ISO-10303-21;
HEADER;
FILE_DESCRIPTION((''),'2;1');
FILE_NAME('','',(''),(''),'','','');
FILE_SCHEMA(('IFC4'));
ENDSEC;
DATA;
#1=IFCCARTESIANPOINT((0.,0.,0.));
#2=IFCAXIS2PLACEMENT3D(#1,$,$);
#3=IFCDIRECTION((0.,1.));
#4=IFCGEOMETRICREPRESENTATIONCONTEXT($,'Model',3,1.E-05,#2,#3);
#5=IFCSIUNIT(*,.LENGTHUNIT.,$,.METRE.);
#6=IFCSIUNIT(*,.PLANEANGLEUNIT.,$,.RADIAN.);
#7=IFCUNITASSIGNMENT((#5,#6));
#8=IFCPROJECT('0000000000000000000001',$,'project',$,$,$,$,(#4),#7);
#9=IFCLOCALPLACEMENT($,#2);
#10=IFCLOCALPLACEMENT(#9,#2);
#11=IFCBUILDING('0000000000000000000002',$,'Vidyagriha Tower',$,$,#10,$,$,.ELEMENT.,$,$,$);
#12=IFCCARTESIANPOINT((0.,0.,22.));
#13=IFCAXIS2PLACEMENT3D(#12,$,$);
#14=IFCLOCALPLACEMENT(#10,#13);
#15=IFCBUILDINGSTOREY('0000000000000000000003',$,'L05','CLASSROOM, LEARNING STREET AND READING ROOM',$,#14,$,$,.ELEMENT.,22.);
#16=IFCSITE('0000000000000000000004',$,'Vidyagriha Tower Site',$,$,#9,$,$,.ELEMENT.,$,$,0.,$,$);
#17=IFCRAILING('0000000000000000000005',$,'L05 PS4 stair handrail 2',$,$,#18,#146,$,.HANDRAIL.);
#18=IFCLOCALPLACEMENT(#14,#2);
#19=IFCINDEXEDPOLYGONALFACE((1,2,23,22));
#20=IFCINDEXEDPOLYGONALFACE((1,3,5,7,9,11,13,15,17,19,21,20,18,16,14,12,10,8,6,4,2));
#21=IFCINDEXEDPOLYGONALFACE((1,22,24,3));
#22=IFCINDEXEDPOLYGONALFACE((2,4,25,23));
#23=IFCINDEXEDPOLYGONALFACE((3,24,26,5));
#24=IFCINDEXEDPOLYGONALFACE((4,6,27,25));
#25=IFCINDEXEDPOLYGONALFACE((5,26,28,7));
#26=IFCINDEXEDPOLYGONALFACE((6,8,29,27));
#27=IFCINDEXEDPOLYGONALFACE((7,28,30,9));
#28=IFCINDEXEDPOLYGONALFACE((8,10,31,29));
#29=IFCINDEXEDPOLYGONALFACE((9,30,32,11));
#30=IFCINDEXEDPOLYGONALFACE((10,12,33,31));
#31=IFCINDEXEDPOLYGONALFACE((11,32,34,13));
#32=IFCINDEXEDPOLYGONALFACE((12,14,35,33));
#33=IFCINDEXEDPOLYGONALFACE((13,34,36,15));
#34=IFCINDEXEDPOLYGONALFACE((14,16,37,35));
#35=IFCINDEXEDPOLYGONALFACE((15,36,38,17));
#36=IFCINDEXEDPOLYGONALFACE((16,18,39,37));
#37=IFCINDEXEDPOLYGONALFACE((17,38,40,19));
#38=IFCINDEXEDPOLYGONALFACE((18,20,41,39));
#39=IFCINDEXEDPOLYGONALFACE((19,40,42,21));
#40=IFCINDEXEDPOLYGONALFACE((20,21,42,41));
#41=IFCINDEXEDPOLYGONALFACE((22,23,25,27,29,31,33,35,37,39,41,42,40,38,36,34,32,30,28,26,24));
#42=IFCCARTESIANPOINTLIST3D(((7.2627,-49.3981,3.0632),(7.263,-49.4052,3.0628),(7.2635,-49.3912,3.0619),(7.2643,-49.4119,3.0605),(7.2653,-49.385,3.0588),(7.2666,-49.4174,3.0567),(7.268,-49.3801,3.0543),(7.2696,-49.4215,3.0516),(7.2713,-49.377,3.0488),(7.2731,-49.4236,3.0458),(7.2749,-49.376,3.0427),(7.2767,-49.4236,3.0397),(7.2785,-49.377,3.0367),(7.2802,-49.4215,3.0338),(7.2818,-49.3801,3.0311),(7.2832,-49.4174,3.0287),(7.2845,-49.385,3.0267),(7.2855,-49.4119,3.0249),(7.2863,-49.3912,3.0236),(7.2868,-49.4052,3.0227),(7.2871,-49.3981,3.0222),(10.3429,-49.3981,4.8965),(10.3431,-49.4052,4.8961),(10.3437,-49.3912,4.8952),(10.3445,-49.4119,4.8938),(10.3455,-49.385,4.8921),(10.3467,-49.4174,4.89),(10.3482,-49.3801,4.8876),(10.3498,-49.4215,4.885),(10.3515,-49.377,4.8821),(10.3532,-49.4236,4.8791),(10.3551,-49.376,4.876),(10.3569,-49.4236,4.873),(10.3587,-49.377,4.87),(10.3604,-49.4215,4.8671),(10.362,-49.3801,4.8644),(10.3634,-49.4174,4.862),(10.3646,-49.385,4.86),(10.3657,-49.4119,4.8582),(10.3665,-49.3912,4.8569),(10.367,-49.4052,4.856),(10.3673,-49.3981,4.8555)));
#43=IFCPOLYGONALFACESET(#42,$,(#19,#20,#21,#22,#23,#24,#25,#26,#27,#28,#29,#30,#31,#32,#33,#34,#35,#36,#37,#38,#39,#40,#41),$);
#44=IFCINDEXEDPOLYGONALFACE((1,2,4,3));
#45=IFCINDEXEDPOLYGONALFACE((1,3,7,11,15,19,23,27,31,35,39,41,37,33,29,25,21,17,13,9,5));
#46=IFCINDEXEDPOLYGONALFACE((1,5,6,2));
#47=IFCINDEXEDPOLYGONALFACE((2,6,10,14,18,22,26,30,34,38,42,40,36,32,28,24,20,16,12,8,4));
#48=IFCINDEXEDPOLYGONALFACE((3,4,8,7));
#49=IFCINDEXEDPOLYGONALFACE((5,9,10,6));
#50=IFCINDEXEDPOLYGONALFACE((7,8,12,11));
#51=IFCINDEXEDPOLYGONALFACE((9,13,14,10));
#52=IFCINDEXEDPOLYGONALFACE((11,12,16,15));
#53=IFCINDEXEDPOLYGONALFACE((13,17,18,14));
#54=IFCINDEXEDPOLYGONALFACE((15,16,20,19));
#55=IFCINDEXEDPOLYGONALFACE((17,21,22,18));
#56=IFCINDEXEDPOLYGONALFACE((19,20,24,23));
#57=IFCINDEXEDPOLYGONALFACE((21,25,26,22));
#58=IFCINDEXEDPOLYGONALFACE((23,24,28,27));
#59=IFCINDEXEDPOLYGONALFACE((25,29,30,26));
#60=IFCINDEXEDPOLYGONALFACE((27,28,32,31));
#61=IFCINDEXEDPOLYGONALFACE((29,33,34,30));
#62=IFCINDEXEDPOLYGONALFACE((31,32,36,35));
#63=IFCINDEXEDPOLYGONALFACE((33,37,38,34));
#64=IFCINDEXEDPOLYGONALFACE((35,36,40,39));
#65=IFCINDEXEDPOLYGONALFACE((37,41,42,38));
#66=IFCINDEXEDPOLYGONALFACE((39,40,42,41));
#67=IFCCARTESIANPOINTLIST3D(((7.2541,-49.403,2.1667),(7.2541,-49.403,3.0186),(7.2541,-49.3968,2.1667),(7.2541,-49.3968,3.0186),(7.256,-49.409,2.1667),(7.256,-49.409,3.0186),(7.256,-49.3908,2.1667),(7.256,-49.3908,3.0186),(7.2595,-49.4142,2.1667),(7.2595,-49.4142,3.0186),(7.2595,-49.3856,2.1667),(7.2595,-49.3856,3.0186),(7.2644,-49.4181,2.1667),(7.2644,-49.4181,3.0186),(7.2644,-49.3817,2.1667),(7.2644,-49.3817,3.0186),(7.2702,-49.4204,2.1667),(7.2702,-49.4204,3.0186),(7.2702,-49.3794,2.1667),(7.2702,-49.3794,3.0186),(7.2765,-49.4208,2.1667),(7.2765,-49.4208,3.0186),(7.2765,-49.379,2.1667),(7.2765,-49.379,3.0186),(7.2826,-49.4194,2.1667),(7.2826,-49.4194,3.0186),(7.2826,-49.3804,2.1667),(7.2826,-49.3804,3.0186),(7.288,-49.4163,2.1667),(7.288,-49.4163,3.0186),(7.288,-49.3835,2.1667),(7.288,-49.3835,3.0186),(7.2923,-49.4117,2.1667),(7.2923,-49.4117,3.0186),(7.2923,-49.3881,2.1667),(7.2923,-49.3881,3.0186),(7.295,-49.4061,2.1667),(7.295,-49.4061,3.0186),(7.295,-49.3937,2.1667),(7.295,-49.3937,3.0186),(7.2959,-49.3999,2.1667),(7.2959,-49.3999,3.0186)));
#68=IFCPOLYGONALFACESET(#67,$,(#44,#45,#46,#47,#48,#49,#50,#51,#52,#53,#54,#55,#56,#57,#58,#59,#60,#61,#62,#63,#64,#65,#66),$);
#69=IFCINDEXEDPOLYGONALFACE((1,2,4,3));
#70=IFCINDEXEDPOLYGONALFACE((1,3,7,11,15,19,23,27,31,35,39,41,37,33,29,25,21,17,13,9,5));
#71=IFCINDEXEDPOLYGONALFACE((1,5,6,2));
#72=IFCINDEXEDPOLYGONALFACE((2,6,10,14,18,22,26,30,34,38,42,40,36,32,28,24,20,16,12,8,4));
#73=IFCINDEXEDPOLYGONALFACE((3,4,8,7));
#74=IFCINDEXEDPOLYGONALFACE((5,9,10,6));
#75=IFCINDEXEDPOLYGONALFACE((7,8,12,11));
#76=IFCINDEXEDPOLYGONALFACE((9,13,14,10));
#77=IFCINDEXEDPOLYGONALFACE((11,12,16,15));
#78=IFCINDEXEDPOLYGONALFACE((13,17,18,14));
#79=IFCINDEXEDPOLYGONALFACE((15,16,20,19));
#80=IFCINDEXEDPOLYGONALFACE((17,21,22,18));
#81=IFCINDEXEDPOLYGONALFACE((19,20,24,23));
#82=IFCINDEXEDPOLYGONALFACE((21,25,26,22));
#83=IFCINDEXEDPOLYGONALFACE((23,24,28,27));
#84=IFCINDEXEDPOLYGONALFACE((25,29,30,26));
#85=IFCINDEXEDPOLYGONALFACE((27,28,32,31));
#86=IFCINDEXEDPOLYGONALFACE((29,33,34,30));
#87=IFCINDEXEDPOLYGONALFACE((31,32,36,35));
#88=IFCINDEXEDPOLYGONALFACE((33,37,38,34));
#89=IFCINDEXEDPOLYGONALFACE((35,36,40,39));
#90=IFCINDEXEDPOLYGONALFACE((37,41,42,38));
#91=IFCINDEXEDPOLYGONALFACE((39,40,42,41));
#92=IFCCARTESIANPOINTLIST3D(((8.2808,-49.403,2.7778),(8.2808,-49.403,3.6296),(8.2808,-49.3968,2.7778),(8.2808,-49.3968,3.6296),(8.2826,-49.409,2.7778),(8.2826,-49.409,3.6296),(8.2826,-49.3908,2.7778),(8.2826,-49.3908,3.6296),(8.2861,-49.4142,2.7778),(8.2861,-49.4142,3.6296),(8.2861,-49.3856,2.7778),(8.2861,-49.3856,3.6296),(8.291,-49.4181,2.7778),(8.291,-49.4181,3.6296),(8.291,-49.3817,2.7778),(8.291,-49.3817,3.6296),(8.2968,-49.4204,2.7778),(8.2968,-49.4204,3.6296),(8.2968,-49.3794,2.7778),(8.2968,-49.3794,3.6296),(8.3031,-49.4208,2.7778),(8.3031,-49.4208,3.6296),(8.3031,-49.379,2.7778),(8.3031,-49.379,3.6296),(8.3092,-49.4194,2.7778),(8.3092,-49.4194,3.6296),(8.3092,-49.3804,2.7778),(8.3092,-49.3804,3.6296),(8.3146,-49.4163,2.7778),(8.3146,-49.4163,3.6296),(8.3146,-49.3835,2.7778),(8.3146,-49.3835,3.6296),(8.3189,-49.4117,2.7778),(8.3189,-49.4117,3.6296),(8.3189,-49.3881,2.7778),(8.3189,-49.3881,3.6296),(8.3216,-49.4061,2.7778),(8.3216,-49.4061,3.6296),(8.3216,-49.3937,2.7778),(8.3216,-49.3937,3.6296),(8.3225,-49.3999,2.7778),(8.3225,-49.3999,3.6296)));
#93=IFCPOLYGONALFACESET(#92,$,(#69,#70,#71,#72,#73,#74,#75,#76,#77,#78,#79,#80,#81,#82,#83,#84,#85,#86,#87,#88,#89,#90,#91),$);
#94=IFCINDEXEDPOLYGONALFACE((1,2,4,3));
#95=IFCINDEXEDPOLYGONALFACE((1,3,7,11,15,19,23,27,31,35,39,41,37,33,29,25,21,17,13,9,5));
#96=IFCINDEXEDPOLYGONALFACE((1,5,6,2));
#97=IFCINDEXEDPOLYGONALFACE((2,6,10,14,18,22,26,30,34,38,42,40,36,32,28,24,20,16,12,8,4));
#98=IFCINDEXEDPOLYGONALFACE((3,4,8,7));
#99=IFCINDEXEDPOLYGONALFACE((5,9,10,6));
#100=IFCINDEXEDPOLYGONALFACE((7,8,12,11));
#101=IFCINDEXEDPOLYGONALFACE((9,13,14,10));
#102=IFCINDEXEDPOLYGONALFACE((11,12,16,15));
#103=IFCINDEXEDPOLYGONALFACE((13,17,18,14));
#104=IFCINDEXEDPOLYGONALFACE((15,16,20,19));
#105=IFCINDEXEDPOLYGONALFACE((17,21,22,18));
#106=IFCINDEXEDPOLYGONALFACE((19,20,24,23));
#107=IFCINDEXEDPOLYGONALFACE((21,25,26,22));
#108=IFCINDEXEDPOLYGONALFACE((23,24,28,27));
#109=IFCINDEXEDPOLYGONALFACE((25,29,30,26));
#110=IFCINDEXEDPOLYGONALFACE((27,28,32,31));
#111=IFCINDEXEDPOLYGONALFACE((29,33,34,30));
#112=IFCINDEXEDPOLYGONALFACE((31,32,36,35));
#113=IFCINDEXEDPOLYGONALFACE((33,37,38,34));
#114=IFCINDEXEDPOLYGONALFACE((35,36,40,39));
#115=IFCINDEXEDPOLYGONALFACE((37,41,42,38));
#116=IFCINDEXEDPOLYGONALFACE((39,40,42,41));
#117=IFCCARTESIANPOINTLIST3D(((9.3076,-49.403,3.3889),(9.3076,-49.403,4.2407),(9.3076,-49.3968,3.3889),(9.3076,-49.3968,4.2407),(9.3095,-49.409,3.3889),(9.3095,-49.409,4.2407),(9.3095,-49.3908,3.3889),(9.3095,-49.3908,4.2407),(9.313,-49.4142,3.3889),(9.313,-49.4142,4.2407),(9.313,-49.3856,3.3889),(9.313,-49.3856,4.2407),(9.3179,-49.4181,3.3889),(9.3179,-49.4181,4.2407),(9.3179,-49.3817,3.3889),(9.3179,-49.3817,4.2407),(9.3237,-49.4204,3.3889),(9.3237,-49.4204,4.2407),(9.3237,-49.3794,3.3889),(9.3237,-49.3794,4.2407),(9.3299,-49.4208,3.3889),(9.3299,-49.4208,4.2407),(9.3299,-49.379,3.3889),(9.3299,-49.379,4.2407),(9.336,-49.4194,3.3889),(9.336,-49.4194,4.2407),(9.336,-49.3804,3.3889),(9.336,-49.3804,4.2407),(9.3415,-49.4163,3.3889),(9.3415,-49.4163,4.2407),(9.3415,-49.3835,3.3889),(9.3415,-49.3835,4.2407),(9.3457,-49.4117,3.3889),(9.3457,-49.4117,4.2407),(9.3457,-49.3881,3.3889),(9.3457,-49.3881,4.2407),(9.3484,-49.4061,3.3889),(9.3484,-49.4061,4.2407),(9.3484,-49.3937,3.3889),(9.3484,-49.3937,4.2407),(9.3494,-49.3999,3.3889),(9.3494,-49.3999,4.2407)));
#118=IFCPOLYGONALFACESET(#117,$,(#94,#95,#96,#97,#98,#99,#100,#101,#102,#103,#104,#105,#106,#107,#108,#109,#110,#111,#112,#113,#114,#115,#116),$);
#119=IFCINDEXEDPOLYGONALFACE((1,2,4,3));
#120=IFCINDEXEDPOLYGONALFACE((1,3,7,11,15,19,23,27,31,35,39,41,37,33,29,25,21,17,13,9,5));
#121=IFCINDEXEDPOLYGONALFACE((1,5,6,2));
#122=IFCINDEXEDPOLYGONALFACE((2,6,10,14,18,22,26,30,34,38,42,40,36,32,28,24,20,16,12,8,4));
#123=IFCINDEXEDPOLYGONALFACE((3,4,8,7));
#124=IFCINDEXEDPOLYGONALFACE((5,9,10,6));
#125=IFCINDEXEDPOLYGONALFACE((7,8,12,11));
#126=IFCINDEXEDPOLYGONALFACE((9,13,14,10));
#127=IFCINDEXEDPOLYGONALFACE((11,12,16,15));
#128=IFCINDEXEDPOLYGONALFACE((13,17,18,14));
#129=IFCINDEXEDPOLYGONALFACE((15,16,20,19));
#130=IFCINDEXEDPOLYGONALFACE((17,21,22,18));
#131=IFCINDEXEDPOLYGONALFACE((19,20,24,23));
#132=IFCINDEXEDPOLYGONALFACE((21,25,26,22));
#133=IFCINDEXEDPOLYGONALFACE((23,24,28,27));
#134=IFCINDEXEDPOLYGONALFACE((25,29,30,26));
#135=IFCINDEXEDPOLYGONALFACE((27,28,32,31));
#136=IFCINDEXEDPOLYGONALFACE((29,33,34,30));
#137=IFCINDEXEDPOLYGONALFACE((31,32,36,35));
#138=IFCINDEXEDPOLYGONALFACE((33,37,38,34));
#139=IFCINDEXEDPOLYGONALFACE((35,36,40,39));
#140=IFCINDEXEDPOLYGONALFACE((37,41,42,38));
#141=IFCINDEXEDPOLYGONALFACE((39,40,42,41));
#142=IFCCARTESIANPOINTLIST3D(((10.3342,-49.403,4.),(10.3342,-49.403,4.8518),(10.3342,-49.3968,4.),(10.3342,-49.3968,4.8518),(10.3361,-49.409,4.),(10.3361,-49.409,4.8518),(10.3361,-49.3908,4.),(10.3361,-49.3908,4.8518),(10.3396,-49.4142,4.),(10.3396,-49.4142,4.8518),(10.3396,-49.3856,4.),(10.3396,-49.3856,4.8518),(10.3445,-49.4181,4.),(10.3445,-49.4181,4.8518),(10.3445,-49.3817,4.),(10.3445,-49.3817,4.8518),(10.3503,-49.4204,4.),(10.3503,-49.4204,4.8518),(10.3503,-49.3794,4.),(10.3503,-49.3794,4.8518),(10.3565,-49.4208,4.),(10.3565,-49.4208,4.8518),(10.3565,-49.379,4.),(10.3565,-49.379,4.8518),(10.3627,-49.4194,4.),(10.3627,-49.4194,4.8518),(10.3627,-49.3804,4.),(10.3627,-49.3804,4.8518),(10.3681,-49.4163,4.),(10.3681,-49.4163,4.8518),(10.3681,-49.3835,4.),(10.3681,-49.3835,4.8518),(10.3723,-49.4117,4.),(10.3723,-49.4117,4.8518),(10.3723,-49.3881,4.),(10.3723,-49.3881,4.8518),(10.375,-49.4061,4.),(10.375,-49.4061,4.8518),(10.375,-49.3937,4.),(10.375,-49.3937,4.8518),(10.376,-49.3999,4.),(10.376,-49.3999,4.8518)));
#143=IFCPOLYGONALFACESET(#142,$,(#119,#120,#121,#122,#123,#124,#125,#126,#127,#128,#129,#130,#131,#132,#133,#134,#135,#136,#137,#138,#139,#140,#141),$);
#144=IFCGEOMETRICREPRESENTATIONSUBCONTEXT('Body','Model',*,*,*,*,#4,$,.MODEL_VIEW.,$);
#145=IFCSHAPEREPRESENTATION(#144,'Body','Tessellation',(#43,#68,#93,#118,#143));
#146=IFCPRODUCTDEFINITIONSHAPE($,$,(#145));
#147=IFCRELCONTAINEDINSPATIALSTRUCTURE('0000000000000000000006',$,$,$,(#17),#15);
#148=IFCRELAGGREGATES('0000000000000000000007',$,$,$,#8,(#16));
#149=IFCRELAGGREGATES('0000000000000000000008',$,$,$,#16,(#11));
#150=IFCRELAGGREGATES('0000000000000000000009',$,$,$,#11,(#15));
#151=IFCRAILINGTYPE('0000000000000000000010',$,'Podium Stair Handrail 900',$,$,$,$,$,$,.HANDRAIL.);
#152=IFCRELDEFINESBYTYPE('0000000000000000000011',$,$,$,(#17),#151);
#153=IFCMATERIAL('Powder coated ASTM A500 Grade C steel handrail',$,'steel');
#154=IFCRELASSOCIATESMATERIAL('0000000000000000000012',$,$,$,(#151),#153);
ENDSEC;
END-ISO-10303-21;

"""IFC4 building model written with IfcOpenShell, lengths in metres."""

from ifc_helpers import new_model, si_unit, direction, frame, origin, origin_2d, place, context, subcontext, project, spatial, circle, extrude, material, type_object, element, save


model = new_model("IFC4")

# Units and contexts
model_context = context("Model", 3, precision=1e-05, world=origin(), true_north=direction((0.0, 1.0)))
body_context = subcontext(model_context, "Body", "Model", "MODEL_VIEW")
ifc_project = project(units=[si_unit("LENGTHUNIT", "METRE"), si_unit("PLANEANGLEUNIT", "RADIAN")], contexts=[model_context])

# Site, building, storey
site_placement = place(None, origin())
site = spatial("IfcSite", under=ifc_project, at=site_placement, Name="Vidyagriha Tower Site", CompositionType="ELEMENT", RefElevation=0.0)
building_placement = place(site_placement, origin())
building = spatial("IfcBuilding", under=site, at=building_placement, Name="Vidyagriha Tower", CompositionType="ELEMENT")
storey_placement = place(building_placement, frame((0.0, 0.0, 22.0)))
storey = spatial("IfcBuildingStorey", under=building, at=storey_placement, Name="L05", Description="CLASSROOM, LEARNING STREET AND READING ROOM", CompositionType="ELEMENT", Elevation=22.0)

# Railing
ifc_material_1 = material(Name="Powder coated ASTM A500 Grade C steel handrail", Category="steel")
railing_type_1 = type_object("IfcRailingType", Name="Podium Stair Handrail 900", PredefinedType="HANDRAIL", material=ifc_material_1)
railing_1_placement = place(storey_placement, frame((7.2749, -49.3999, 2.1667)))
element("IfcRailing", 1, at=railing_1_placement, inside=storey, type_object=railing_type_1, Name="L05 PS4 stair handrail 2", PredefinedType="HANDRAIL", context=body_context, shape_type="SweptSolid", body=[
    extrude(circle(Radius=0.0239, at=origin_2d()), frame((0.0, 0.0, 0.876), z_axis=(0.859309, 0.0, 0.511458), x_axis=(0.0, 1.0, 0.0)), (0.0, 0.0, 1.0), 3.5845),
    extrude(circle(Radius=0.021, at=origin_2d()), origin(), (0.0, 0.0, 1.0), 0.8518),
    extrude(circle(Radius=0.021, at=origin_2d()), frame((1.0266, 0.0, 0.6111)), (0.0, 0.0, 1.0), 0.8518),
    extrude(circle(Radius=0.021, at=origin_2d()), frame((2.0535, 0.0, 1.2222)), (0.0, 0.0, 1.0), 0.8518),
    extrude(circle(Radius=0.021, at=origin_2d()), frame((3.0801, 0.0, 1.8333)), (0.0, 0.0, 1.0), 0.8518),
])

save(model, "model.ifc")
